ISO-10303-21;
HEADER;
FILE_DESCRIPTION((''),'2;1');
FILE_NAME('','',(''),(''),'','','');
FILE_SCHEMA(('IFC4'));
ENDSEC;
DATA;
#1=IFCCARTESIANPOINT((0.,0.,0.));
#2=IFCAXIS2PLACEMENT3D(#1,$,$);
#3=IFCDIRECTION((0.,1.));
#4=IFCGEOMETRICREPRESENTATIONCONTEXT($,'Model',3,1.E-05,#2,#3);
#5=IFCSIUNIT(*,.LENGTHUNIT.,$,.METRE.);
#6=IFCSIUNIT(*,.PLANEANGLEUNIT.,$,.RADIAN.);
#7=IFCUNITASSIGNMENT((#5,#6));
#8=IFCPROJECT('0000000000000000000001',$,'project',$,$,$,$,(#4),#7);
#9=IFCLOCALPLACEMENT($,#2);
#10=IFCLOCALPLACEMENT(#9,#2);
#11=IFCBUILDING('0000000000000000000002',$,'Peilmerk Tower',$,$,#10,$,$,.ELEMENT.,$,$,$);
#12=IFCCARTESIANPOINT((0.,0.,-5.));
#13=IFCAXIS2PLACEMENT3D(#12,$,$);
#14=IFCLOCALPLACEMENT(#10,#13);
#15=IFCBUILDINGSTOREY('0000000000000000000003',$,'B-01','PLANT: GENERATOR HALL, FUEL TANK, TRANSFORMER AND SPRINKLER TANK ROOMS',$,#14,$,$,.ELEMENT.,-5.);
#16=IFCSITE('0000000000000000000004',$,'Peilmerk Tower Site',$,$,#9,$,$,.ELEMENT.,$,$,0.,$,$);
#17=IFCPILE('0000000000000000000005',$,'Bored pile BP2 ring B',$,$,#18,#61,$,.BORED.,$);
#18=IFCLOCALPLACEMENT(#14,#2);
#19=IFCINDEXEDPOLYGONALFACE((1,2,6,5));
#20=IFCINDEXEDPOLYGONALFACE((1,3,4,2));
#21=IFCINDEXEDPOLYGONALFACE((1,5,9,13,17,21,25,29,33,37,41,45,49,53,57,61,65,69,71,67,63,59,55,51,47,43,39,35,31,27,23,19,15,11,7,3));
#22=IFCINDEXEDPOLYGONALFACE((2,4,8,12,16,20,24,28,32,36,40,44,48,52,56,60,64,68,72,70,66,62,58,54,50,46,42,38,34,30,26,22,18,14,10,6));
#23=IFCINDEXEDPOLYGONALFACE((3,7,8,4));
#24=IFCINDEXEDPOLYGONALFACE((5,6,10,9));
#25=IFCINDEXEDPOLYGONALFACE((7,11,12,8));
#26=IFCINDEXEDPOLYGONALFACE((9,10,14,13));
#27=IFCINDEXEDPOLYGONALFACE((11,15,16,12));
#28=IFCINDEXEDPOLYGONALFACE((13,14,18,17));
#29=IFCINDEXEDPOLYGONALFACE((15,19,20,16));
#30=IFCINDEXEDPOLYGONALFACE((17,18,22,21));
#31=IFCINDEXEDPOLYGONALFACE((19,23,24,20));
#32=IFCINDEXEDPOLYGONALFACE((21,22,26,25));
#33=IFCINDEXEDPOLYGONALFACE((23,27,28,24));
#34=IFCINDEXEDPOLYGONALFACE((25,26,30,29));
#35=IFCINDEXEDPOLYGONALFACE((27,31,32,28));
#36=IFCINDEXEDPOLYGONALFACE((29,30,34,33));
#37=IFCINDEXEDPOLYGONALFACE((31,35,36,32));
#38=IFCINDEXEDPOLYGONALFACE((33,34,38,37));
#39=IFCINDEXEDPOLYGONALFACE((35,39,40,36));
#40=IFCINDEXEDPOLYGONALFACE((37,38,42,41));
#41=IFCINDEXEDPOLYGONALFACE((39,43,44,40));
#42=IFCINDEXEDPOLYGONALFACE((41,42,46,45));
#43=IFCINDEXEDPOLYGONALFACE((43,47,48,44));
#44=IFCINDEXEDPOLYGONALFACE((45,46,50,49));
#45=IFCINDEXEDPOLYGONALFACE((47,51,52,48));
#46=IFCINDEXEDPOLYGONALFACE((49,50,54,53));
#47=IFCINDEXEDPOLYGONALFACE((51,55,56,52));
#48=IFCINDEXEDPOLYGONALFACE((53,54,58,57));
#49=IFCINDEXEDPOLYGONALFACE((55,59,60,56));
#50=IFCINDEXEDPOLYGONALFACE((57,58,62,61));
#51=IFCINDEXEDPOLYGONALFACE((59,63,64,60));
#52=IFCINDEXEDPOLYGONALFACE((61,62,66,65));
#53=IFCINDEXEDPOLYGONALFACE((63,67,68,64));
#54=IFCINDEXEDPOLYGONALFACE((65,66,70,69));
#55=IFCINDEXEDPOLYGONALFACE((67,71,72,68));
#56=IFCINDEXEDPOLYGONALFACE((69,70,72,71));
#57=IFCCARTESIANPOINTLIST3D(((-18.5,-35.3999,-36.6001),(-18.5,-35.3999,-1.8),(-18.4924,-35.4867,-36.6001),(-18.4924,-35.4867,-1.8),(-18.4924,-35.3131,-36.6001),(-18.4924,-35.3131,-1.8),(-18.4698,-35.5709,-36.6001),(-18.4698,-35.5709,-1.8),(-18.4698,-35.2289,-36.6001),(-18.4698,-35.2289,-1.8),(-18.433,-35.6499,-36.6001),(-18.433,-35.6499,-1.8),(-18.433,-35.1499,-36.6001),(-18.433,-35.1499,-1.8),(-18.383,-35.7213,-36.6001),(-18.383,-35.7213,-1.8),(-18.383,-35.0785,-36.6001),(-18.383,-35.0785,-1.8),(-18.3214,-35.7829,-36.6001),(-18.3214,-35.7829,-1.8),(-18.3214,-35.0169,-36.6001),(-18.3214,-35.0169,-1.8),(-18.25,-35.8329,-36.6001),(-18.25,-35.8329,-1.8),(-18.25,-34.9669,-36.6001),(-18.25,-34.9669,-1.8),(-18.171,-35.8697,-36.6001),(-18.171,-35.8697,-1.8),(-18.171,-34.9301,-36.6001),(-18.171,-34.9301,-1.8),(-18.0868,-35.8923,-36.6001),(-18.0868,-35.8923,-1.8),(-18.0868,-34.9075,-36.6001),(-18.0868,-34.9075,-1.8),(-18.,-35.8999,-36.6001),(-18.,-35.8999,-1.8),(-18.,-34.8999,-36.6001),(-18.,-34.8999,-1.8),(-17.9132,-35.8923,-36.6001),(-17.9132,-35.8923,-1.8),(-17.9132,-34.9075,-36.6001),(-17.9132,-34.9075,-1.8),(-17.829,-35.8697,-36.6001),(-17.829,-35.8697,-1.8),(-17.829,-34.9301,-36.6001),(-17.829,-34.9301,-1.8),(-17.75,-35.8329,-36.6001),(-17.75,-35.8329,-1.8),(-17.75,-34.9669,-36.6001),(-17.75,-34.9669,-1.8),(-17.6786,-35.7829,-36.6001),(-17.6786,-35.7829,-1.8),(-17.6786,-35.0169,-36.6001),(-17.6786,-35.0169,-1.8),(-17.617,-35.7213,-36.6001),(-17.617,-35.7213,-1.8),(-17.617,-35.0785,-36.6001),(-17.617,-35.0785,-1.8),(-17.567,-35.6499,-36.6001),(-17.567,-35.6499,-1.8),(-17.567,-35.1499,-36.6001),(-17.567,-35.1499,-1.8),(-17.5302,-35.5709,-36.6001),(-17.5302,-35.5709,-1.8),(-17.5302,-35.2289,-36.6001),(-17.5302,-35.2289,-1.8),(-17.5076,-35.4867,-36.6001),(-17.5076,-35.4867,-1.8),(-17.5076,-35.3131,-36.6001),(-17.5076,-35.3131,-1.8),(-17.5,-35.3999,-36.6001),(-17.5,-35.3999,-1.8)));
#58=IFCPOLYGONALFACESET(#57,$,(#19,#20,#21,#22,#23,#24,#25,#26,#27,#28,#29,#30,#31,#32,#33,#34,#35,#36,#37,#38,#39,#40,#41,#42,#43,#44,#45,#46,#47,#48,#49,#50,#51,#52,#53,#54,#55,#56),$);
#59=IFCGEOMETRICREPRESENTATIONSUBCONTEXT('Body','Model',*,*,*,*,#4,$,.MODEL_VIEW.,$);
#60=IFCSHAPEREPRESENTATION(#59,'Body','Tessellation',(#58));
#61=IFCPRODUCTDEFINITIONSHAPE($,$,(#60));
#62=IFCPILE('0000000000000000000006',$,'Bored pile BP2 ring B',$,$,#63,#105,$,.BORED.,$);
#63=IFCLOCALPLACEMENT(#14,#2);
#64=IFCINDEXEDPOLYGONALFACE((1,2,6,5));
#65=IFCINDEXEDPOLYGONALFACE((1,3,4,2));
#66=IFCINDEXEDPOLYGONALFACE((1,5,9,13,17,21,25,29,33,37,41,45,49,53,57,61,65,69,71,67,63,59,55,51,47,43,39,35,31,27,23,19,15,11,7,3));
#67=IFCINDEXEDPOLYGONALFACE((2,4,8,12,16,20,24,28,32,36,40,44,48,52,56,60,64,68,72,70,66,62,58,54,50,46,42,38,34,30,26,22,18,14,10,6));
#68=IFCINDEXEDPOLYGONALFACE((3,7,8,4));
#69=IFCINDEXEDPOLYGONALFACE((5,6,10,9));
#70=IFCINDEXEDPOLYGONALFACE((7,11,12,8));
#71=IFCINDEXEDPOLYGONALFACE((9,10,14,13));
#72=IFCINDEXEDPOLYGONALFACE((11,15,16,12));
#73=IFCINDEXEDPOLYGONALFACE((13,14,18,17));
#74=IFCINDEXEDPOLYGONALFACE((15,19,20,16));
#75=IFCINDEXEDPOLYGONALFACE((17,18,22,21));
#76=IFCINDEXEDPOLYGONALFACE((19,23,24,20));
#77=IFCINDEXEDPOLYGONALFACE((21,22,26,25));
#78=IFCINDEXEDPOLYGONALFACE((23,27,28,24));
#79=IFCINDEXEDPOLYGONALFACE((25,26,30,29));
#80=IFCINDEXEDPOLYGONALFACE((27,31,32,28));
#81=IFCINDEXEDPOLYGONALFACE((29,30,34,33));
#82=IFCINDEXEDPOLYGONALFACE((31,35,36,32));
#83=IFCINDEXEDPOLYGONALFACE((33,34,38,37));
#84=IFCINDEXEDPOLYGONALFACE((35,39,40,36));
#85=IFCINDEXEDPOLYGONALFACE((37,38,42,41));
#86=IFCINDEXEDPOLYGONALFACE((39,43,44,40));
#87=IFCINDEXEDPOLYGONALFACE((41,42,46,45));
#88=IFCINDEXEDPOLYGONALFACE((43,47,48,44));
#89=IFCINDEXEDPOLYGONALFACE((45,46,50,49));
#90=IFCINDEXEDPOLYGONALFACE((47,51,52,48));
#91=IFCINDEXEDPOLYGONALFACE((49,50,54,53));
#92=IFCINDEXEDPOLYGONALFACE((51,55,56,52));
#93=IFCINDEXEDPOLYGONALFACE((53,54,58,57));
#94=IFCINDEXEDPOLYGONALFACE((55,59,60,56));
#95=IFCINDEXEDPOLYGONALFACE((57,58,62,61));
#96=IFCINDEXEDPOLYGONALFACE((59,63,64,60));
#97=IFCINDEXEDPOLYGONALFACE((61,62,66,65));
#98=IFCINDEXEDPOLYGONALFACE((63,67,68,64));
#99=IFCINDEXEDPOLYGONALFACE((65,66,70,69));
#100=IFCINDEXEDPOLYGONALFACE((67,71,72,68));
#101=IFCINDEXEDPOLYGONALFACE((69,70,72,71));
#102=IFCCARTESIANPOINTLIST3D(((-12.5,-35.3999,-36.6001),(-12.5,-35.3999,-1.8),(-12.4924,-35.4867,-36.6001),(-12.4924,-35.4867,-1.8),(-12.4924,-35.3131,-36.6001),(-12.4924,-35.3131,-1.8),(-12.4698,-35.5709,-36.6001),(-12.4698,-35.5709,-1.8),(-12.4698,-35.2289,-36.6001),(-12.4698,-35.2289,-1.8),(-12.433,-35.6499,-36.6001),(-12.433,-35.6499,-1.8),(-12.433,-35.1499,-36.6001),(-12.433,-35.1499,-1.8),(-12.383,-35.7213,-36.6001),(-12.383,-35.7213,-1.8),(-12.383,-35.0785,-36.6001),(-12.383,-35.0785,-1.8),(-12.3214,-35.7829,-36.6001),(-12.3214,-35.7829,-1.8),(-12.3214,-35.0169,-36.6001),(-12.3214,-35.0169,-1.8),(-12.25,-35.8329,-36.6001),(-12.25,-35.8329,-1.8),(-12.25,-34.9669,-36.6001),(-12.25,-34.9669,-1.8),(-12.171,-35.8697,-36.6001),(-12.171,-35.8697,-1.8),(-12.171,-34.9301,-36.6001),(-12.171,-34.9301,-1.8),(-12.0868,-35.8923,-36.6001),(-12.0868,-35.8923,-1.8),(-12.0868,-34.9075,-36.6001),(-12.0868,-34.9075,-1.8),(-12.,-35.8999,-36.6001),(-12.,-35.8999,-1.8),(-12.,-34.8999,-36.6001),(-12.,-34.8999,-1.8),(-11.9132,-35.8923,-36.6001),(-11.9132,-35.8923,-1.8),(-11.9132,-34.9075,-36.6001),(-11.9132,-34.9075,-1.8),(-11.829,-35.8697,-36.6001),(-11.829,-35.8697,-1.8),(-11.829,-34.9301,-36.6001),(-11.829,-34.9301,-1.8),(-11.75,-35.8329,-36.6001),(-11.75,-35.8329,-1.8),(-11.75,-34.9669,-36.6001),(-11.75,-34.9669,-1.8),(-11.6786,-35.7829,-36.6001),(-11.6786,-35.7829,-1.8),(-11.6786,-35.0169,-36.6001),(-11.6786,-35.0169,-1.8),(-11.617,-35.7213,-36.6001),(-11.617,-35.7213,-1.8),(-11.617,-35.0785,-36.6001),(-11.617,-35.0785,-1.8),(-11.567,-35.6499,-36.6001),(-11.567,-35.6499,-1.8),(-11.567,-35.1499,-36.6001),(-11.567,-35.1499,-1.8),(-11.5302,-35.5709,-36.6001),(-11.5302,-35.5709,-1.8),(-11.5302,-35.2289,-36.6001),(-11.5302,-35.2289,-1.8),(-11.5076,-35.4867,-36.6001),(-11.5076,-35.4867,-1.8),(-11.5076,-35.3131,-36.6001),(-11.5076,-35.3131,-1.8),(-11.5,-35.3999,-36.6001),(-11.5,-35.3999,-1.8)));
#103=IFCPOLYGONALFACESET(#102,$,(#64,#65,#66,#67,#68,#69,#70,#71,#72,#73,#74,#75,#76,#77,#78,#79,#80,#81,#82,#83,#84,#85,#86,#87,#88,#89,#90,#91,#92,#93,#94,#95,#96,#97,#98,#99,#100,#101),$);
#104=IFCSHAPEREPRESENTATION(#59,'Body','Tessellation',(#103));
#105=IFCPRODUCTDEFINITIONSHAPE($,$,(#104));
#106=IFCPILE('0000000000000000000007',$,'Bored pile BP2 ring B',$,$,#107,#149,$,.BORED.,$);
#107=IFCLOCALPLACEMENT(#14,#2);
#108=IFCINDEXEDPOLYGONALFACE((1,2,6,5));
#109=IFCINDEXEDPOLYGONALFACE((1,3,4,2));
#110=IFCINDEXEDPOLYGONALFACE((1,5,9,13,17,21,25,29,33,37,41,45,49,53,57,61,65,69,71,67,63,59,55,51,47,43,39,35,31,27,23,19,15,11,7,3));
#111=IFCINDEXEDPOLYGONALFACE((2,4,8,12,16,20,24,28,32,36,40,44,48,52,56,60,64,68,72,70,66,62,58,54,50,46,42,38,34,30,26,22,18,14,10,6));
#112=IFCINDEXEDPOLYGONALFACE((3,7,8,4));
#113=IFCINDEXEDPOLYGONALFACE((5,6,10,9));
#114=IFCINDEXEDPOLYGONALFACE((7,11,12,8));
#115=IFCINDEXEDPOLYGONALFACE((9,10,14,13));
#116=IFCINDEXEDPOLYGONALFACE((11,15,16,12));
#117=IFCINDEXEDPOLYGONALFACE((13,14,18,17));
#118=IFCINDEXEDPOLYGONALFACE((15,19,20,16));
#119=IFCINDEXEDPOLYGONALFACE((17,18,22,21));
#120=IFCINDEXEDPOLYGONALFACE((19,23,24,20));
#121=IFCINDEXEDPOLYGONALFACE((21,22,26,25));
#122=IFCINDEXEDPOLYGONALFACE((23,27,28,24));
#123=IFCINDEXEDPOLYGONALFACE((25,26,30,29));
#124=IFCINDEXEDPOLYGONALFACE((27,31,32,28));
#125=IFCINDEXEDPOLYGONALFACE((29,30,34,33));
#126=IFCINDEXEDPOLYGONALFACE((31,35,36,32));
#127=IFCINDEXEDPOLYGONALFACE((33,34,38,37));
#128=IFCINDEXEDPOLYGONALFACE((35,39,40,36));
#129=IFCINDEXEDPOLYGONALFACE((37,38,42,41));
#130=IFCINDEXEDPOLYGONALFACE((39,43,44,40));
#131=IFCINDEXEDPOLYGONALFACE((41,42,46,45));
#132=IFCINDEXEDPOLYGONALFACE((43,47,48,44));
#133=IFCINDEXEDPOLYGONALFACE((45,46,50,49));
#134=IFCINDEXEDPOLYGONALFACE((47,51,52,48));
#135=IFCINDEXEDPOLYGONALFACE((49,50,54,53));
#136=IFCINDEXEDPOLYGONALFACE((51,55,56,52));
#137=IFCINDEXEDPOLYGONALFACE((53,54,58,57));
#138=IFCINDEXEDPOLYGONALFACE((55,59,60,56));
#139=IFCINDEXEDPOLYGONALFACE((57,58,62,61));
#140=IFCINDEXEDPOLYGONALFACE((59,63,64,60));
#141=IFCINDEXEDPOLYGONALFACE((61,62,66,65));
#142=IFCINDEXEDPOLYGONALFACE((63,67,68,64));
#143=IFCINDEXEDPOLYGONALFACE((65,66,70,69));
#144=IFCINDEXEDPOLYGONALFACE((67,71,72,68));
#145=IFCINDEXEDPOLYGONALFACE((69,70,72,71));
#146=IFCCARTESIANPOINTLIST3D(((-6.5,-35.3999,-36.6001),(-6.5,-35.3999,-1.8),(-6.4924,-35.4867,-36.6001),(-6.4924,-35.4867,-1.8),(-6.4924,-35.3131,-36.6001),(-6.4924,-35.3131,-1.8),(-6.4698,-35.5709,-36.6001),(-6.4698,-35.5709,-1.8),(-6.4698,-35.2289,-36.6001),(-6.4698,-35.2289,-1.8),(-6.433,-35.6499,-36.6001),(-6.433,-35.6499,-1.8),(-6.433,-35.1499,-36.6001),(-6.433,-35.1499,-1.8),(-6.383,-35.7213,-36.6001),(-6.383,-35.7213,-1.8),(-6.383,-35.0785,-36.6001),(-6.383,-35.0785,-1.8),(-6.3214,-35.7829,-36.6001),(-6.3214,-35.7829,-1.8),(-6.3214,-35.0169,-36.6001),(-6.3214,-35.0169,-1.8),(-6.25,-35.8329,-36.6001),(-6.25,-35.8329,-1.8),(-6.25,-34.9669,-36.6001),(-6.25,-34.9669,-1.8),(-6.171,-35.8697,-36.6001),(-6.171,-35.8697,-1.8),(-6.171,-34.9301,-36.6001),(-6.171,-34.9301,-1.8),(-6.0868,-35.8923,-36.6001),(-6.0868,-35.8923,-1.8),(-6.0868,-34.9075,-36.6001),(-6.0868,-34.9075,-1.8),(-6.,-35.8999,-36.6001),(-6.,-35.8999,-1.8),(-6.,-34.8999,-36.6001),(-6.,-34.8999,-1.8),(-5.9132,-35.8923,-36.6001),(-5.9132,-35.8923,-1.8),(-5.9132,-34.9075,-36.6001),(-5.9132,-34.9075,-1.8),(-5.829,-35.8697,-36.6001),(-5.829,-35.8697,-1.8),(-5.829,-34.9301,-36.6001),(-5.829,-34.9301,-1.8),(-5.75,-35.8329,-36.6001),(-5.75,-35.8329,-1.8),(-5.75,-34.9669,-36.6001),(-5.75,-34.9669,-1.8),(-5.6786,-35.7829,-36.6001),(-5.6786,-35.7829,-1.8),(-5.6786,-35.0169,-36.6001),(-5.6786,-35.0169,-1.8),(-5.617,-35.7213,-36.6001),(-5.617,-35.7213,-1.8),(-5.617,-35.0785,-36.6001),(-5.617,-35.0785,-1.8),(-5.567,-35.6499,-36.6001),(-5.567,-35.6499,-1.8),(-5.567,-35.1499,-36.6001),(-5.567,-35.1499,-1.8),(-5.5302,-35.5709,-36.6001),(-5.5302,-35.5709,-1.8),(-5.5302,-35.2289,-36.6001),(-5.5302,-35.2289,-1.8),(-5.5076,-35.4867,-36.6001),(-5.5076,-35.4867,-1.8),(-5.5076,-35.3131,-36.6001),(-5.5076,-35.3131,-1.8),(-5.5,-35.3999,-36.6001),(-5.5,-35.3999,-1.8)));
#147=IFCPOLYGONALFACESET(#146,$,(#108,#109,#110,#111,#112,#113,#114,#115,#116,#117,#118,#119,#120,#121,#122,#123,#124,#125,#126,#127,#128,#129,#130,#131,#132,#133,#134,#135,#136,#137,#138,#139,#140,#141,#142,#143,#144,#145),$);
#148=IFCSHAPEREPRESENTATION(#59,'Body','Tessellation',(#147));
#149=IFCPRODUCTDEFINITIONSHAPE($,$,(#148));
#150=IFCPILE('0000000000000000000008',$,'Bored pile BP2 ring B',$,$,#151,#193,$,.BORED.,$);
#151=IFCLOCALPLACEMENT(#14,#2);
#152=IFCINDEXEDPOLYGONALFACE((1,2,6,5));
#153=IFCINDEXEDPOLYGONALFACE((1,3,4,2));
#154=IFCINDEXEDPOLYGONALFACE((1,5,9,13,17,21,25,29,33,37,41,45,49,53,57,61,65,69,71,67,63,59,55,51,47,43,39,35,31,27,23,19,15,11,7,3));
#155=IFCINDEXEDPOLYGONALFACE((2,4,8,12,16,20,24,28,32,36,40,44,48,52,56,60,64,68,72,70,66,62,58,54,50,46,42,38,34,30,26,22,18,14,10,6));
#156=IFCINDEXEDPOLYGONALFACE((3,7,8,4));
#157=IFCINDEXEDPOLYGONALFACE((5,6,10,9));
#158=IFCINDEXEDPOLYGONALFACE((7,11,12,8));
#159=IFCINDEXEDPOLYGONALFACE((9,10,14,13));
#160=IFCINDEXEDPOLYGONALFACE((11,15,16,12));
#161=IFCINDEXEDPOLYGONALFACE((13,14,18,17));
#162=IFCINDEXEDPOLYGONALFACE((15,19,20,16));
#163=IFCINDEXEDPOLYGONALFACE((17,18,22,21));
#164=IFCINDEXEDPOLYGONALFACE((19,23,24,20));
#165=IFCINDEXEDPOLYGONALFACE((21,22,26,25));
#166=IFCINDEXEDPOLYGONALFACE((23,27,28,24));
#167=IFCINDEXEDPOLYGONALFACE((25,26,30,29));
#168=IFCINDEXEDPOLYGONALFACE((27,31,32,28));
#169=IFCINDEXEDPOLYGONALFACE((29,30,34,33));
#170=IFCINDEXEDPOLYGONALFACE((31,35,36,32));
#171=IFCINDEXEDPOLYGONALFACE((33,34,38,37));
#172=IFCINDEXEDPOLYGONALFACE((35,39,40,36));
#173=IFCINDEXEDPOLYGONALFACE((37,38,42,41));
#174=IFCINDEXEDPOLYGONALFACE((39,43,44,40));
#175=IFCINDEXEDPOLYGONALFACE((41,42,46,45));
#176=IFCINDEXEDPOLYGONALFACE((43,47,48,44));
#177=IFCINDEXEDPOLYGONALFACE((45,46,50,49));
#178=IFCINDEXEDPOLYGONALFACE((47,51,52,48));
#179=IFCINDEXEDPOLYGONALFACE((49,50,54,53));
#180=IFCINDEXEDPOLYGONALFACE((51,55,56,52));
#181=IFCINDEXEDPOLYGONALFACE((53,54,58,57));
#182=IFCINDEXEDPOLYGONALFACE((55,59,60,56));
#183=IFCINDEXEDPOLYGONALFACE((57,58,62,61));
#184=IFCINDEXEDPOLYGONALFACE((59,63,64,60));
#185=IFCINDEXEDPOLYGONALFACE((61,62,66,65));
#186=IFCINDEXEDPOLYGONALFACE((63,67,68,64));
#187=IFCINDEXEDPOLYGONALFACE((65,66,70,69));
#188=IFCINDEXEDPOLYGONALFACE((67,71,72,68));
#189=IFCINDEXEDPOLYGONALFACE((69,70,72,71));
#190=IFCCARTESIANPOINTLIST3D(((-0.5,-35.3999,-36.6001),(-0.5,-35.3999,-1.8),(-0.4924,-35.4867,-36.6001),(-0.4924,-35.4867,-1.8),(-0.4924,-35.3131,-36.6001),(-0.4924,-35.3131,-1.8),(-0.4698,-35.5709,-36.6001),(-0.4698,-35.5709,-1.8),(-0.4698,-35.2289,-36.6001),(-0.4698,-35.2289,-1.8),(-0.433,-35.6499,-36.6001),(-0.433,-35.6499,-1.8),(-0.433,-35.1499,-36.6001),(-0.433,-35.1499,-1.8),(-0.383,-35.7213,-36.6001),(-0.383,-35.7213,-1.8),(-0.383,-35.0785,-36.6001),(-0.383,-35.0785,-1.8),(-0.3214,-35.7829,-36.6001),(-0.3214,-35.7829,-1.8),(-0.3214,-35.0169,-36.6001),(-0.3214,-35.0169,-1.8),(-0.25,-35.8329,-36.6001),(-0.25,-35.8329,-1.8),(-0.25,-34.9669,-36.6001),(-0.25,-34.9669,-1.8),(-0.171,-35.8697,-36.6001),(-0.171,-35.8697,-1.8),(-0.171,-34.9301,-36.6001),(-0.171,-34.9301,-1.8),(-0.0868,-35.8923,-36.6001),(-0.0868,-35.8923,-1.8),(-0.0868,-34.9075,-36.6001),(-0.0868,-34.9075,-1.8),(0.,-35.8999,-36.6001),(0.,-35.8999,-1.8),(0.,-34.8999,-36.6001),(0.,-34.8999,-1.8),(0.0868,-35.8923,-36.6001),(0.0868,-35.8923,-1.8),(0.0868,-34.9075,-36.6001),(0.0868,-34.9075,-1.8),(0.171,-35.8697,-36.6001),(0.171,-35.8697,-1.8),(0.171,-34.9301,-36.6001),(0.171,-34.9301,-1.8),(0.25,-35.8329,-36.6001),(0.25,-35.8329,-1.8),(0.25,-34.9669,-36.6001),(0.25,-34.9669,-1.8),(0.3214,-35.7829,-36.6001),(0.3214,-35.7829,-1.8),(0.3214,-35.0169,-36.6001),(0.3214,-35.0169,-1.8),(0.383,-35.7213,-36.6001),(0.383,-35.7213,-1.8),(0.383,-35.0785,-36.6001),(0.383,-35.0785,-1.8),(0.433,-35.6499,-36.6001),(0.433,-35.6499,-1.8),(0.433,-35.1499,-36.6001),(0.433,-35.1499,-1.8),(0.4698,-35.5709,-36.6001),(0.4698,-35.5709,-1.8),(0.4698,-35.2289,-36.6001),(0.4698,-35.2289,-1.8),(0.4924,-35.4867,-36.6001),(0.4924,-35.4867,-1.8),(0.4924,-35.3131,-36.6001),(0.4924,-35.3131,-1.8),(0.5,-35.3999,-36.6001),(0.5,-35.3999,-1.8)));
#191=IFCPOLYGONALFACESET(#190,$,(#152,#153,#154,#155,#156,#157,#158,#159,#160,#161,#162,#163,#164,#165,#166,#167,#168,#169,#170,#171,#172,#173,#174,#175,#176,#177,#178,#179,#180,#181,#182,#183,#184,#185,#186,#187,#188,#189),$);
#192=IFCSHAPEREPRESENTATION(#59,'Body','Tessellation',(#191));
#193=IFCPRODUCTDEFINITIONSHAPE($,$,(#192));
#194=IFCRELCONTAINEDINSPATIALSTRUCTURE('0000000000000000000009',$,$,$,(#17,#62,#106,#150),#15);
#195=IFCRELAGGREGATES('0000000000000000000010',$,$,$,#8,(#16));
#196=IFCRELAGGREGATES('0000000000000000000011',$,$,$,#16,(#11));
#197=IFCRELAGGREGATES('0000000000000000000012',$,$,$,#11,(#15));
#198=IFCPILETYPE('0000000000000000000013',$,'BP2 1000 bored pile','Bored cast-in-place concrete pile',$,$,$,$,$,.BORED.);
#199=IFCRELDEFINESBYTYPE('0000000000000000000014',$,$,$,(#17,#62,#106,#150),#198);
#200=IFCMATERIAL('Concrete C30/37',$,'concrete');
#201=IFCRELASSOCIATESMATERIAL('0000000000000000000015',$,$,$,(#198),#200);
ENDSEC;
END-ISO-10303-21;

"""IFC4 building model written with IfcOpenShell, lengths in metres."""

from ifc_helpers import new_model, si_unit, direction, frame, origin, origin_2d, place, context, subcontext, project, spatial, circle, extrude, material, material_profile, profile_set, type_object, element, save


model = new_model("IFC4")

# Units and contexts
model_context = context("Model", 3, precision=1e-05, world=origin(), true_north=direction((0.0, 1.0)))
body_context = subcontext(model_context, "Body", "Model", "MODEL_VIEW")
ifc_project = project(units=[si_unit("LENGTHUNIT", "METRE"), si_unit("PLANEANGLEUNIT", "RADIAN")], contexts=[model_context])

# Site, building, storey
site_placement = place(None, origin())
site = spatial("IfcSite", under=ifc_project, at=site_placement, Name="Peilmerk Tower Site", CompositionType="ELEMENT", RefElevation=0.0)
building_placement = place(site_placement, origin())
building = spatial("IfcBuilding", under=site, at=building_placement, Name="Peilmerk Tower", CompositionType="ELEMENT")
storey_placement = place(building_placement, frame((0.0, 0.0, -5.0)))
storey = spatial("IfcBuildingStorey", under=building, at=storey_placement, Name="B-01", Description="PLANT: GENERATOR HALL, FUEL TANK, TRANSFORMER AND SPRINKLER TANK ROOMS", CompositionType="ELEMENT", Elevation=-5.0)

# Piles
ifc_material_1 = material(Name="Concrete C30/37", Category="concrete")
ifc_material_profile_1 = material_profile(ifc_material_1, circle(Radius=0.5, at=origin_2d()), Name="BP 1000")
ifc_profile_set_1 = profile_set([ifc_material_profile_1], Name="Concrete C30/37")
pile_type = type_object("IfcPileType", Name="BP2 1000 bored pile", Description="Bored cast-in-place concrete pile", PredefinedType="BORED", material=ifc_profile_set_1)
for number, where, z_axis, x_axis, name in (
    (1, (-18.0, -35.3999, -1.8), (0.0, 0.0, -1.0), (1.0, 0.0, 0.0), "Bored pile BP2 ring B"),
    (2, (-12.0, -35.3999, -1.8), (0.0, 0.0, -1.0), (1.0, 0.0, 0.0), "Bored pile BP2 ring B"),
    (3, (-6.0, -35.3999, -1.8), (0.0, 0.0, -1.0), (1.0, 0.0, 0.0), "Bored pile BP2 ring B"),
    (4, (0.0, -35.3999, -1.8), (0.0, 0.0, -1.0), (1.0, 0.0, 0.0), "Bored pile BP2 ring B"),
):
    element("IfcPile", number, at=place(storey_placement, frame(where, z_axis=z_axis, x_axis=x_axis)), inside=storey, type_object=pile_type, Name=name, PredefinedType="BORED", context=body_context, shape_type="SweptSolid", body=[
        extrude(circle(Radius=0.5, at=origin_2d()), origin(), (0.0, 0.0, 1.0), 34.8),
    ])

save(model, "model.ifc")
